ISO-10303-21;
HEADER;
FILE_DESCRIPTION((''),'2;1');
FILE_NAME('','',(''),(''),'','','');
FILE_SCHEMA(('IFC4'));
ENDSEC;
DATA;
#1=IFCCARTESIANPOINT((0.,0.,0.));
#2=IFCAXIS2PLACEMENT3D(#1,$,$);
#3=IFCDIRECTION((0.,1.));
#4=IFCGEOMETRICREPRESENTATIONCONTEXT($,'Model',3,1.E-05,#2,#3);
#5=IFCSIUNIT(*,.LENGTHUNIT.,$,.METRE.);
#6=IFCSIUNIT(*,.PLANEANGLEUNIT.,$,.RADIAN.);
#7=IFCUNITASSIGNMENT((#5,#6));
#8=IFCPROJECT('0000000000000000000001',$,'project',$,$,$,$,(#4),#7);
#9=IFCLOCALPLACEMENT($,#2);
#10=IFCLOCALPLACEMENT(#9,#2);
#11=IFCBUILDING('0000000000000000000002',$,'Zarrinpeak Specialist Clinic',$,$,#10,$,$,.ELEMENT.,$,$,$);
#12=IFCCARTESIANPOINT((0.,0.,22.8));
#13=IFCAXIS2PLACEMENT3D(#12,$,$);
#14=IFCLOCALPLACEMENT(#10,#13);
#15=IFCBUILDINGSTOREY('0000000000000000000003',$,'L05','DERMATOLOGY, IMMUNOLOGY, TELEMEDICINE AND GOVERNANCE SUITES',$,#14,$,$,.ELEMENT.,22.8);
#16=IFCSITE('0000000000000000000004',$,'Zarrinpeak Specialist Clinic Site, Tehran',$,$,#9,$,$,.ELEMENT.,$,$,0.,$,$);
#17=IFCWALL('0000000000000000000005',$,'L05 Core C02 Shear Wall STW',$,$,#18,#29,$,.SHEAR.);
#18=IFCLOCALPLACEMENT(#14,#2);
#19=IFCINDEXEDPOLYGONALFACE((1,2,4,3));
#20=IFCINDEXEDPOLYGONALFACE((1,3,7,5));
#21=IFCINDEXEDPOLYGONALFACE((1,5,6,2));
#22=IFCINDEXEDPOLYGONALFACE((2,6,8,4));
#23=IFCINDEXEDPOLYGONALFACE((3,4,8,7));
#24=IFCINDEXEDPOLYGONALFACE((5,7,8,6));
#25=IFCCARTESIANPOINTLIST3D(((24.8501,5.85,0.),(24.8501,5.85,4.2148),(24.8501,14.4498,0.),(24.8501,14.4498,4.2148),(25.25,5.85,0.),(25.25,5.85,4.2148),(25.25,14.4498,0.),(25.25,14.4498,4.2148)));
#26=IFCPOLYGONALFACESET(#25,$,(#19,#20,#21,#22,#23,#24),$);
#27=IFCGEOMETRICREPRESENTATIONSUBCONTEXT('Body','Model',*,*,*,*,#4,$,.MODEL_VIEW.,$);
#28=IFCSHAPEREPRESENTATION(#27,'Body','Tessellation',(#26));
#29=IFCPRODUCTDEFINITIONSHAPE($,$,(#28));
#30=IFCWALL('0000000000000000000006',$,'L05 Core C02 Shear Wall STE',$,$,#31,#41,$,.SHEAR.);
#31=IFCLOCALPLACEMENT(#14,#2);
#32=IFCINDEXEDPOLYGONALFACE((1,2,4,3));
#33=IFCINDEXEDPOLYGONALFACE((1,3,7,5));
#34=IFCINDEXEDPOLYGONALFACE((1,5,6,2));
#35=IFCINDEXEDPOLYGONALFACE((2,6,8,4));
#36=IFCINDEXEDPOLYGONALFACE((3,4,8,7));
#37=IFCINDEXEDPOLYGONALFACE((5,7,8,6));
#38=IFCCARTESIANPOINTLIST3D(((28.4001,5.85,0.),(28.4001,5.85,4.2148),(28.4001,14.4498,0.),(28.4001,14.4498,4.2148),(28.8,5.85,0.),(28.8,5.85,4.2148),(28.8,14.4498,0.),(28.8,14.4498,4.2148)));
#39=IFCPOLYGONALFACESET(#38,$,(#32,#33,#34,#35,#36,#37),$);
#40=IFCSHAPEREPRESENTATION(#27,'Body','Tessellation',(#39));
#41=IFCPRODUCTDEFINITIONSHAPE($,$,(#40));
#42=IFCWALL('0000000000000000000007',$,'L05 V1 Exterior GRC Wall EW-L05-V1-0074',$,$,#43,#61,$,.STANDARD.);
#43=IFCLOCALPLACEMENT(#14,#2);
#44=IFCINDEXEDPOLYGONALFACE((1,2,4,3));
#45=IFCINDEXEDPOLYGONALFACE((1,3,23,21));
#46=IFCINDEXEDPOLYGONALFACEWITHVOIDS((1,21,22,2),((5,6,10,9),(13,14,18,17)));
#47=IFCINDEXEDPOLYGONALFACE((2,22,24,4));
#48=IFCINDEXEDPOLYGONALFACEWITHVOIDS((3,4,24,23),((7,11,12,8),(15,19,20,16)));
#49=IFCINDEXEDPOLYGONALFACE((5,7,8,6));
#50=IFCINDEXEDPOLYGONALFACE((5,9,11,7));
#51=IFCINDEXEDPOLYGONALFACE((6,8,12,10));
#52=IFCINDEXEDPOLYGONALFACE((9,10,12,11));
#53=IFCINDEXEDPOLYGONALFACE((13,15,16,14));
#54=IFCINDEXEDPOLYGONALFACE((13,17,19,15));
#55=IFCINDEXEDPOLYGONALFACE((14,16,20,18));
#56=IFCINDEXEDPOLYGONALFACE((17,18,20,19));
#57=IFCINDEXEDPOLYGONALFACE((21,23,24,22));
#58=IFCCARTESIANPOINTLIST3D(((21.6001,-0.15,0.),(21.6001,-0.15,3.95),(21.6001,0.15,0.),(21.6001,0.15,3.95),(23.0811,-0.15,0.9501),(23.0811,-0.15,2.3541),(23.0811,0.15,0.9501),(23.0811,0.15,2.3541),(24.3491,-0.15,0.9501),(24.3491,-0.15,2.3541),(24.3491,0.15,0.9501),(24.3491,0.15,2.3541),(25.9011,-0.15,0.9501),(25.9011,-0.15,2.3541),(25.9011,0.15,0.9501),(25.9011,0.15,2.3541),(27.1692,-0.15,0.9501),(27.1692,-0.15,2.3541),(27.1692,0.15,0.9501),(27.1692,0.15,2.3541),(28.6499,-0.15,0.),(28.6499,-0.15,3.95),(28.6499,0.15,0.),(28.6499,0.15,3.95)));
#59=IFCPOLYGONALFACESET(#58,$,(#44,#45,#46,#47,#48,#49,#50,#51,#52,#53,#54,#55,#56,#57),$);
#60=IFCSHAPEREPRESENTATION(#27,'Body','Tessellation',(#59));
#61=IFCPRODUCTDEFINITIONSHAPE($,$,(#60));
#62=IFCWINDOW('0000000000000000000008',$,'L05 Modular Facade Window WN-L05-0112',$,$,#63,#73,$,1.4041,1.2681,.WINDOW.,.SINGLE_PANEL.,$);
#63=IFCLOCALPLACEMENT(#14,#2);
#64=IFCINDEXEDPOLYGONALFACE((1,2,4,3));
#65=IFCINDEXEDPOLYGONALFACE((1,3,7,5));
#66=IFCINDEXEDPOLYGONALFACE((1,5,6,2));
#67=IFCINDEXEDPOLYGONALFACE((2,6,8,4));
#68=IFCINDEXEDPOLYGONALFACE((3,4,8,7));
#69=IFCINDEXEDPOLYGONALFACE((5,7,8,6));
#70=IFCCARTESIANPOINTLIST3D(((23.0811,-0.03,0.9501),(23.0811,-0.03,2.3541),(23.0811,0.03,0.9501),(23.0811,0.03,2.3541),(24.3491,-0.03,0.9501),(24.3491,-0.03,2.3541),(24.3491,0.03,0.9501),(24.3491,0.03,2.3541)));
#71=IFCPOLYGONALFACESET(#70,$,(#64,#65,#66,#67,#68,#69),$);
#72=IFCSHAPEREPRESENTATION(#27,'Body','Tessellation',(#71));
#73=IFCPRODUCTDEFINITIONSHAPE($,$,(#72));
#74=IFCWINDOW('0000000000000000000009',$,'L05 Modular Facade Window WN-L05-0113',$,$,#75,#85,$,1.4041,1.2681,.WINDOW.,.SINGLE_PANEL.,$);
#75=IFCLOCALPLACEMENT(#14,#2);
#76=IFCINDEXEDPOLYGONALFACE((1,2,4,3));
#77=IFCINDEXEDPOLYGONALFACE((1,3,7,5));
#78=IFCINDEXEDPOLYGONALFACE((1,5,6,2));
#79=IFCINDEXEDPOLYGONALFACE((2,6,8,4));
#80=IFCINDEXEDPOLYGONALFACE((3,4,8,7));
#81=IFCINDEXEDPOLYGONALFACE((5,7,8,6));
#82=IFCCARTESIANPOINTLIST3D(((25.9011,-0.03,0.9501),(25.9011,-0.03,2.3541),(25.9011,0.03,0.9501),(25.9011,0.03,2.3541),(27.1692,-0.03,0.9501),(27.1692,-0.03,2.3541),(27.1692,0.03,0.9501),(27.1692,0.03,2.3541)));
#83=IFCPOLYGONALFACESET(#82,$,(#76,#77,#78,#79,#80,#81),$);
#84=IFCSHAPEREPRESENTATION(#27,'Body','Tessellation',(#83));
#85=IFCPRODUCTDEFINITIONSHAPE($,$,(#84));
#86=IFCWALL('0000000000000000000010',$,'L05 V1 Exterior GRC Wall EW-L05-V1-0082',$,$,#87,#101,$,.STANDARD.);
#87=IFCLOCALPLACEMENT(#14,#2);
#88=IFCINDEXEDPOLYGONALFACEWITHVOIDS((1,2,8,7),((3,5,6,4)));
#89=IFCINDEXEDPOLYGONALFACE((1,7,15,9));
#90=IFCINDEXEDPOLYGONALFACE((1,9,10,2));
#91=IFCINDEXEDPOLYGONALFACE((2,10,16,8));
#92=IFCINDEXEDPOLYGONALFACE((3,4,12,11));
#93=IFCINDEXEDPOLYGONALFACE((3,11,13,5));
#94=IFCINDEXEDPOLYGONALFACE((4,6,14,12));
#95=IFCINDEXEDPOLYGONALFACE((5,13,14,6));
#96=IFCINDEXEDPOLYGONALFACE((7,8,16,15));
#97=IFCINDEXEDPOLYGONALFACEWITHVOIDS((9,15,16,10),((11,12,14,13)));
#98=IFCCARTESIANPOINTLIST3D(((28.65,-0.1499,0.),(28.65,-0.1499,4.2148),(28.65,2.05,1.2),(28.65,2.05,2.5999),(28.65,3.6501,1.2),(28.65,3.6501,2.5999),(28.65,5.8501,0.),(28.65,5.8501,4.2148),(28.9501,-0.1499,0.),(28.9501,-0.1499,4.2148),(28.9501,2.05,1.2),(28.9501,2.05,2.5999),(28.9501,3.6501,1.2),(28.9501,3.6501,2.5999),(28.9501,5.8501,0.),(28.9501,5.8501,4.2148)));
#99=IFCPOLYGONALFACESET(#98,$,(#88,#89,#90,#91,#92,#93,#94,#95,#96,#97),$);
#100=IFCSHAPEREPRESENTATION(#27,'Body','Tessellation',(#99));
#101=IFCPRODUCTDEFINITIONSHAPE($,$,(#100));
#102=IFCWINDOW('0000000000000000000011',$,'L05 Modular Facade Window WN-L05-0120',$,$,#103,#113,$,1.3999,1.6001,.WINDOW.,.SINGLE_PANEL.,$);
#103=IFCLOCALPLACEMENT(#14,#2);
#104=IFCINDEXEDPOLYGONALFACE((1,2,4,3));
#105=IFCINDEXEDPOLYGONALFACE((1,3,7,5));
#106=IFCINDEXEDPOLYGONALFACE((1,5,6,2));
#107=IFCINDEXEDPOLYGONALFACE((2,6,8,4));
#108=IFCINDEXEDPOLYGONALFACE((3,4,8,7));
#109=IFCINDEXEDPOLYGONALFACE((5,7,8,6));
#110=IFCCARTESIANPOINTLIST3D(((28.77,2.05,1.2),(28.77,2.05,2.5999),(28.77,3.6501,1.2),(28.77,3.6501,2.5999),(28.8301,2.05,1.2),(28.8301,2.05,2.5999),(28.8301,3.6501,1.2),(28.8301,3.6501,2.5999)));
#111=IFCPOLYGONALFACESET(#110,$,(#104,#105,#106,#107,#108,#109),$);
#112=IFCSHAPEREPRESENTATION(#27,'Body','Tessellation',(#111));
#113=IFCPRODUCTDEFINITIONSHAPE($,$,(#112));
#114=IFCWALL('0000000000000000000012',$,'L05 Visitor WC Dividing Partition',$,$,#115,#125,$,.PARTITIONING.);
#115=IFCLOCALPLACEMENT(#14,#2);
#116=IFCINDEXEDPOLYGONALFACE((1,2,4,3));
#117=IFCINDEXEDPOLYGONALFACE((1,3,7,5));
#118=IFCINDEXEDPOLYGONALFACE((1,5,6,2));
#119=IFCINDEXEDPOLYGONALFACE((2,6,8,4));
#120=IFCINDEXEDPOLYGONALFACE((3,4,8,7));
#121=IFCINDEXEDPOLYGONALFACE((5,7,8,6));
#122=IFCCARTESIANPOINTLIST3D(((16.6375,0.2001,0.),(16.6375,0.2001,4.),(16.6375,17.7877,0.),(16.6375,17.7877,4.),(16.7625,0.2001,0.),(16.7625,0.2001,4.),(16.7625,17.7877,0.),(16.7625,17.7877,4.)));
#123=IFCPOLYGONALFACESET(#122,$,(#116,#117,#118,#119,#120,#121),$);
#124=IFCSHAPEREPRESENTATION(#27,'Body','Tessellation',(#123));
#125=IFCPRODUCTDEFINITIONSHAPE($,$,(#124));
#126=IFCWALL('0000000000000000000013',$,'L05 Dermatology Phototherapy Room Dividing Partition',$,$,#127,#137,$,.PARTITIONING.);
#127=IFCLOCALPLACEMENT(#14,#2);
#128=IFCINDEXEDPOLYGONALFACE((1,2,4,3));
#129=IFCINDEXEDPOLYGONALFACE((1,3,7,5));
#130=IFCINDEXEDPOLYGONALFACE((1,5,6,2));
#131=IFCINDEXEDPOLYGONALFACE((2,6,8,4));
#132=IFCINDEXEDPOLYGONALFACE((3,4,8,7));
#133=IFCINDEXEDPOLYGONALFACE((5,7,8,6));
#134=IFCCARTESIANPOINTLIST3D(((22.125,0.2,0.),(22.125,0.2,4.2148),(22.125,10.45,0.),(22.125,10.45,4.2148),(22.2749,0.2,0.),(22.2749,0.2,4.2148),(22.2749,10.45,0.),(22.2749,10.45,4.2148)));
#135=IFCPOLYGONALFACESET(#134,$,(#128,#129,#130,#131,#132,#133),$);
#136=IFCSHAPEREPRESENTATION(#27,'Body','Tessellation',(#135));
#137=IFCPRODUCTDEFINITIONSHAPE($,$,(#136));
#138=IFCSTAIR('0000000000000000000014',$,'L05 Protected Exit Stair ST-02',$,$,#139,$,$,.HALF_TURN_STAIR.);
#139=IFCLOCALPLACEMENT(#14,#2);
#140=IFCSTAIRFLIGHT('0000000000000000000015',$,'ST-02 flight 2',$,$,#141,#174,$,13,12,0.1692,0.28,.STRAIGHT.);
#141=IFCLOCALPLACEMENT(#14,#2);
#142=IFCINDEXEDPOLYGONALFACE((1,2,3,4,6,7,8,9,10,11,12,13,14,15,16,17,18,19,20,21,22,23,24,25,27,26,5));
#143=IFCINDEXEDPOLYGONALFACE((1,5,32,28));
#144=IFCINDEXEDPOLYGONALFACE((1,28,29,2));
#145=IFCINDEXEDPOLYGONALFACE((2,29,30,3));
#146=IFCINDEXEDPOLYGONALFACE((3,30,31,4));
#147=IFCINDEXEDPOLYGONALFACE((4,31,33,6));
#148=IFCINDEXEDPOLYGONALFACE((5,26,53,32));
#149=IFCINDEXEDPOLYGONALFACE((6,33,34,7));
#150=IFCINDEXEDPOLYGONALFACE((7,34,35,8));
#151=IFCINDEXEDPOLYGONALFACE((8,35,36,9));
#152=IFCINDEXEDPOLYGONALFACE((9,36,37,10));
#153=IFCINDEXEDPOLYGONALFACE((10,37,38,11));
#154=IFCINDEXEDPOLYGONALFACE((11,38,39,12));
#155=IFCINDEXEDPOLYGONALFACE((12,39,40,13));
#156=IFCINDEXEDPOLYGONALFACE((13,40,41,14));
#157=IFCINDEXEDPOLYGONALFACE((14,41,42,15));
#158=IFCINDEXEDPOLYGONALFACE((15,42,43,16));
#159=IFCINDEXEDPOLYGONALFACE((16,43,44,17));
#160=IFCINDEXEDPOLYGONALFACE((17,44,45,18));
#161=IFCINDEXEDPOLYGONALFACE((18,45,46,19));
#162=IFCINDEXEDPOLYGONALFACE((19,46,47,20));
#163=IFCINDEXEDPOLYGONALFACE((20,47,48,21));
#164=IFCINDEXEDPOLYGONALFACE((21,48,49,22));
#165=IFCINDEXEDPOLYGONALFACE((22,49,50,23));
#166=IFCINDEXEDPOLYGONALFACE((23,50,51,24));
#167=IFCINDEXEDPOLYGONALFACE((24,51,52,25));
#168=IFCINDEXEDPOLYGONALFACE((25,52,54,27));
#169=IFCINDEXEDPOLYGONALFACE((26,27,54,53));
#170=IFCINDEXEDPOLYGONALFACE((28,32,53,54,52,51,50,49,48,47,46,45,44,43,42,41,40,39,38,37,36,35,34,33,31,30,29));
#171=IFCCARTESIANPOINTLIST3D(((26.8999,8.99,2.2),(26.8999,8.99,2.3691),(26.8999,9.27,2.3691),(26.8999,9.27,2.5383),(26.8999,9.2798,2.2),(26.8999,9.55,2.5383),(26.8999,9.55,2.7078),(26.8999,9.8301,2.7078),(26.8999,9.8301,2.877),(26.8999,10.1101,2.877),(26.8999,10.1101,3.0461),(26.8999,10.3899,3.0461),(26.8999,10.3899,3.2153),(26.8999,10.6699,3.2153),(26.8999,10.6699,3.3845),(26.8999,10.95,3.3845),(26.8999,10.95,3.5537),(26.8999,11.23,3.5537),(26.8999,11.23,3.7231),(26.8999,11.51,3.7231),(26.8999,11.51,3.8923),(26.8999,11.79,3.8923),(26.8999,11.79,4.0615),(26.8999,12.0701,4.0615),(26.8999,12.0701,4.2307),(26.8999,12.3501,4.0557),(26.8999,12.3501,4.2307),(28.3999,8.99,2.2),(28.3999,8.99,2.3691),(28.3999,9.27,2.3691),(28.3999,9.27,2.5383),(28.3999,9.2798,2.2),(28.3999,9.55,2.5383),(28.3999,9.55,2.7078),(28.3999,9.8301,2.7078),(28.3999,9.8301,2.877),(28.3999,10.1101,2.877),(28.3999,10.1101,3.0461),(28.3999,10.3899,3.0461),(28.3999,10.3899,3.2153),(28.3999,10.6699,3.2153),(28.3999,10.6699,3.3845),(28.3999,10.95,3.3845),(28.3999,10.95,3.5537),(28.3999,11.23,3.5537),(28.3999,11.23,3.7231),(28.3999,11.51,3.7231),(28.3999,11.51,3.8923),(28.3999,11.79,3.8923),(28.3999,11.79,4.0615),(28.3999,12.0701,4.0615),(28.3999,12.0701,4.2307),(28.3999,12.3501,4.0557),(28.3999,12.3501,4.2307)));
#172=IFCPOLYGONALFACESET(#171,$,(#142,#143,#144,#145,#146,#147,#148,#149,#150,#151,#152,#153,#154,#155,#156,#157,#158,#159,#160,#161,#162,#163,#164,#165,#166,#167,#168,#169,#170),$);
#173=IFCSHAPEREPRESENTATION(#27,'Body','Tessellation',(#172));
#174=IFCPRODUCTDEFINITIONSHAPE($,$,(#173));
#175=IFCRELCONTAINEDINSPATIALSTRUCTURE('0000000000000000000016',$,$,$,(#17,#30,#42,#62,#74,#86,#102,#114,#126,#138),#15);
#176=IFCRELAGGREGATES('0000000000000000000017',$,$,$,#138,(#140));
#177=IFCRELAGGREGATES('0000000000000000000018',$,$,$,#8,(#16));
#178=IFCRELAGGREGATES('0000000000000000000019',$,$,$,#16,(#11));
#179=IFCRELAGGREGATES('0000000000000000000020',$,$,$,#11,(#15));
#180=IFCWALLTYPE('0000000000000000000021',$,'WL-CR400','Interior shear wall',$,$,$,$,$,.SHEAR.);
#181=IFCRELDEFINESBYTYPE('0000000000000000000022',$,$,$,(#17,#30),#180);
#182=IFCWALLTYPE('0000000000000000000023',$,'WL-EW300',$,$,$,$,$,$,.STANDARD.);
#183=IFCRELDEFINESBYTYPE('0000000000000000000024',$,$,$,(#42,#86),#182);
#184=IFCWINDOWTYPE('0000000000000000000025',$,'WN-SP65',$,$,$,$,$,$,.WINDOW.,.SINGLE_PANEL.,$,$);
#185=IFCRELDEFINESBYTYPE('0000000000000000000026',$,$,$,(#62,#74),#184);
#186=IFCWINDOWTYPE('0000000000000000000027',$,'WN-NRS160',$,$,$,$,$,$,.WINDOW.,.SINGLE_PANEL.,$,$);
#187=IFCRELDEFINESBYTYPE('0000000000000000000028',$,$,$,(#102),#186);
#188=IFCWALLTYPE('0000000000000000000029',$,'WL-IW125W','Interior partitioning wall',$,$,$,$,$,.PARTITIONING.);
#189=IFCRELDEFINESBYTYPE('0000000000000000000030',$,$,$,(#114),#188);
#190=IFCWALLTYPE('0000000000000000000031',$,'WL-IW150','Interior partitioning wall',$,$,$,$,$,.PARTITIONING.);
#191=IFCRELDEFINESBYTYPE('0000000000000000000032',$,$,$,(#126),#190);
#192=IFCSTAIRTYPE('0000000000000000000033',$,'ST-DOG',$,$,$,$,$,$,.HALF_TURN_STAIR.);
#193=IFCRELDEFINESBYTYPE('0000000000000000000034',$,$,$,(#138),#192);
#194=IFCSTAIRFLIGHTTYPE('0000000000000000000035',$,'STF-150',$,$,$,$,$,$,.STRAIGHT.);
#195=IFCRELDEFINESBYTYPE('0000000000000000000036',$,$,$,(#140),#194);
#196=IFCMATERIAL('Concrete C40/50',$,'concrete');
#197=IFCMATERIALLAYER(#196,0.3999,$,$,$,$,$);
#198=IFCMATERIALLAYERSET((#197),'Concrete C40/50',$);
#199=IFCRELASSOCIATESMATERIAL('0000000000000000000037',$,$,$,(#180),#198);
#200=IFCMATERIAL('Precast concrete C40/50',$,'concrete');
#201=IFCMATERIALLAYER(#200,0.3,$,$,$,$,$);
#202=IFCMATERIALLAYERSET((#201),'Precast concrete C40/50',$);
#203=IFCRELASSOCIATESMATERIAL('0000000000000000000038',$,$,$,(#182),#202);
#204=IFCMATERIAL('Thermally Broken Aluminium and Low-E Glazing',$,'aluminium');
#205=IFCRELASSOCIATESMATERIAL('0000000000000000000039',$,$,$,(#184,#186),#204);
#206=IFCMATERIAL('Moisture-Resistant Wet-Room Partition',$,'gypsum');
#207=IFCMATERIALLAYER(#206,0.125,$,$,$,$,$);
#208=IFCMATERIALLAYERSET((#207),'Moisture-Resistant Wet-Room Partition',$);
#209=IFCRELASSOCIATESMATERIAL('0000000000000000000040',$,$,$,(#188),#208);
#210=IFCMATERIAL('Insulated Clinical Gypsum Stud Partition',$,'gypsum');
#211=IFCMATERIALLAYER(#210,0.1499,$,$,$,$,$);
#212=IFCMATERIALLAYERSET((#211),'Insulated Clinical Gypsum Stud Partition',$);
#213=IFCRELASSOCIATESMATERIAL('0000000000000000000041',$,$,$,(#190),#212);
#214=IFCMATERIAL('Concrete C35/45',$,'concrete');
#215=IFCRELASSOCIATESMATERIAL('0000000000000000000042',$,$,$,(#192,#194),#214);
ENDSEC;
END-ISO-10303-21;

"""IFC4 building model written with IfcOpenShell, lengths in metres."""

from ifc_helpers import new_model, si_unit, direction, frame, frame_2d, origin, place, context, subcontext, project, spatial, polyline, rectangle, outline, extrude, material, layer, layer_set, type_object, element, fill, aggregate, save


model = new_model("IFC4")

# Units and contexts
model_context = context("Model", 3, precision=1e-05, world=origin(), true_north=direction((0.0, 1.0)))
body_context = subcontext(model_context, "Body", "Model", "MODEL_VIEW")
ifc_project = project(units=[si_unit("LENGTHUNIT", "METRE"), si_unit("PLANEANGLEUNIT", "RADIAN")], contexts=[model_context])

# Site, building, storey
site_placement = place(None, origin())
site = spatial("IfcSite", under=ifc_project, at=site_placement, Name="Zarrinpeak Specialist Clinic Site, Tehran", CompositionType="ELEMENT", RefElevation=0.0)
building_placement = place(site_placement, origin())
building = spatial("IfcBuilding", under=site, at=building_placement, Name="Zarrinpeak Specialist Clinic", CompositionType="ELEMENT")
storey_placement = place(building_placement, frame((0.0, 0.0, 22.8)))
storey = spatial("IfcBuildingStorey", under=building, at=storey_placement, Name="L05", Description="DERMATOLOGY, IMMUNOLOGY, TELEMEDICINE AND GOVERNANCE SUITES", CompositionType="ELEMENT", Elevation=22.8)

# Walls
ifc_material_1 = material(Name="Concrete C40/50", Category="concrete")
ifc_layer_1 = layer(ifc_material_1, 0.3999)
ifc_layer_set_1 = layer_set([ifc_layer_1], Name="Concrete C40/50")
wall_type_1 = type_object("IfcWallType", Name="WL-CR400", Description="Interior shear wall", PredefinedType="SHEAR", material=ifc_layer_set_1)
for number, where, z_axis, x_axis, name in (
    (1, (25.05, 5.8501, 0.0), (0.0, 0.0, 1.0), (0.0, 1.0, 0.0), "L05 Core C02 Shear Wall STW"),
    (2, (28.6001, 5.8501, 0.0), (0.0, 0.0, 1.0), (0.0, 1.0, 0.0), "L05 Core C02 Shear Wall STE"),
):
    element("IfcWall", number, at=place(storey_placement, frame(where, z_axis=z_axis, x_axis=x_axis)), inside=storey, type_object=wall_type_1, Name=name, PredefinedType="SHEAR", context=body_context, shape_type="SweptSolid", body=[
        extrude(rectangle(XDim=8.5999, YDim=0.3999, at=frame_2d((4.2998, 0.0))), origin(), (0.0, 0.0, 1.0), 4.2148),
    ])

# Wall, openings, windows
ifc_material_2 = material(Name="Precast concrete C40/50", Category="concrete")
ifc_layer_2 = layer(ifc_material_2, 0.3)
ifc_layer_set_2 = layer_set([ifc_layer_2], Name="Precast concrete C40/50")
wall_type_2 = type_object("IfcWallType", Name="WL-EW300", PredefinedType="STANDARD", material=ifc_layer_set_2)
wall_1_placement = place(storey_placement, frame((21.6001, 0.0, 0.0), z_axis=(0.0, 0.0, 1.0), x_axis=(1.0, 0.0, 0.0)))
wall_1 = element("IfcWall", 3, at=wall_1_placement, inside=storey, type_object=wall_type_2, Name="L05 V1 Exterior GRC Wall EW-L05-V1-0074", PredefinedType="STANDARD", context=body_context, shape_type="SweptSolid", body=[
    extrude(rectangle(XDim=7.0498, YDim=0.3, at=frame_2d((3.5249, 0.0))), origin(), (0.0, 0.0, 1.0), 3.95),
])
opening_1_placement = place(wall_1_placement, frame((1.481, 0.0, 0.95)))
opening_1 = element("IfcOpeningElement", 4, at=opening_1_placement, cuts=wall_1, PredefinedType="OPENING", context=body_context, shape_type="SweptSolid", body=[
    extrude(rectangle(XDim=1.2681, YDim=1.4041, at=frame_2d((0.634, 0.7021))), frame((0.0, 0.1602, 0.0), z_axis=(0.0, -1.0, 0.0), x_axis=(1.0, 0.0, 0.0)), (0.0, 0.0, 1.0), 0.3201),
])
opening_2_placement = place(wall_1_placement, frame((4.301, 0.0, 0.95)))
opening_2 = element("IfcOpeningElement", 5, at=opening_2_placement, cuts=wall_1, PredefinedType="OPENING", context=body_context, shape_type="SweptSolid", body=[
    extrude(rectangle(XDim=1.2681, YDim=1.4041, at=frame_2d((0.634, 0.7021))), frame((0.0, 0.1602, 0.0), z_axis=(0.0, -1.0, 0.0), x_axis=(1.0, 0.0, 0.0)), (0.0, 0.0, 1.0), 0.3201),
])
ifc_material_3 = material(Name="Thermally Broken Aluminium and Low-E Glazing", Category="aluminium")
window_type_1 = type_object("IfcWindowType", Name="WN-SP65", PartitioningType="SINGLE_PANEL", PredefinedType="WINDOW", material=ifc_material_3)
window_1_placement = place(opening_1_placement, origin())
window_1 = element("IfcWindow", 6, at=window_1_placement, inside=storey, type_object=window_type_1, Name="L05 Modular Facade Window WN-L05-0112", OverallHeight=1.4041, OverallWidth=1.2681, PartitioningType="SINGLE_PANEL", PredefinedType="WINDOW", context=body_context, shape_type="SweptSolid", body=[
    extrude(rectangle(XDim=1.2681, YDim=1.4041, at=frame_2d((0.634, 0.7021))), frame((0.0, 0.03, 0.0), z_axis=(0.0, -1.0, 0.0), x_axis=(1.0, 0.0, 0.0)), (0.0, 0.0, 1.0), 0.0601),
])
fill(opening_1, window_1)
window_2_placement = place(opening_2_placement, origin())
window_2 = element("IfcWindow", 7, at=window_2_placement, inside=storey, type_object=window_type_1, Name="L05 Modular Facade Window WN-L05-0113", OverallHeight=1.4041, OverallWidth=1.2681, PartitioningType="SINGLE_PANEL", PredefinedType="WINDOW", context=body_context, shape_type="SweptSolid", body=[
    extrude(rectangle(XDim=1.2681, YDim=1.4041, at=frame_2d((0.634, 0.7021))), frame((0.0, 0.03, 0.0), z_axis=(0.0, -1.0, 0.0), x_axis=(1.0, 0.0, 0.0)), (0.0, 0.0, 1.0), 0.0601),
])
fill(opening_2, window_2)

# Wall, opening, window
wall_2_placement = place(storey_placement, frame((28.8, -0.1499, 0.0), z_axis=(0.0, 0.0, 1.0), x_axis=(0.0, 1.0, 0.0)))
wall_2 = element("IfcWall", 8, at=wall_2_placement, inside=storey, type_object=wall_type_2, Name="L05 V1 Exterior GRC Wall EW-L05-V1-0082", PredefinedType="STANDARD", context=body_context, shape_type="SweptSolid", body=[
    extrude(rectangle(XDim=6.0, YDim=0.3, at=frame_2d((3.0, 0.0))), origin(), (0.0, 0.0, 1.0), 4.2148),
])
opening_3_placement = place(wall_2_placement, frame((2.2, 0.0, 1.2)))
opening_3 = element("IfcOpeningElement", 9, at=opening_3_placement, cuts=wall_2, PredefinedType="OPENING", context=body_context, shape_type="SweptSolid", body=[
    extrude(rectangle(XDim=1.6001, YDim=1.3999, at=frame_2d((0.8, 0.7))), frame((0.0, 0.1602, 0.0), z_axis=(0.0, -1.0, 0.0), x_axis=(1.0, 0.0, 0.0)), (0.0, 0.0, 1.0), 0.3201),
])
window_type_2 = type_object("IfcWindowType", Name="WN-NRS160", PartitioningType="SINGLE_PANEL", PredefinedType="WINDOW", material=ifc_material_3)
window_3_placement = place(opening_3_placement, origin())
window_3 = element("IfcWindow", 10, at=window_3_placement, inside=storey, type_object=window_type_2, Name="L05 Modular Facade Window WN-L05-0120", OverallHeight=1.3999, OverallWidth=1.6001, PartitioningType="SINGLE_PANEL", PredefinedType="WINDOW", context=body_context, shape_type="SweptSolid", body=[
    extrude(rectangle(XDim=1.6001, YDim=1.3999, at=frame_2d((0.8, 0.7))), frame((0.0, 0.03, 0.0), z_axis=(0.0, -1.0, 0.0), x_axis=(1.0, 0.0, 0.0)), (0.0, 0.0, 1.0), 0.0601),
])
fill(opening_3, window_3)

# Walls
ifc_material_4 = material(Name="Moisture-Resistant Wet-Room Partition", Category="gypsum")
ifc_layer_3 = layer(ifc_material_4, 0.125)
ifc_layer_set_3 = layer_set([ifc_layer_3], Name="Moisture-Resistant Wet-Room Partition")
wall_type_3 = type_object("IfcWallType", Name="WL-IW125W", Description="Interior partitioning wall", PredefinedType="PARTITIONING", material=ifc_layer_set_3)
wall_3_placement = place(storey_placement, frame((16.7, 0.2, 0.0), z_axis=(0.0, 0.0, 1.0), x_axis=(0.0, 1.0, 0.0)))
element("IfcWall", 11, at=wall_3_placement, inside=storey, type_object=wall_type_3, Name="L05 Visitor WC Dividing Partition", PredefinedType="PARTITIONING", context=body_context, shape_type="SweptSolid", body=[
    extrude(rectangle(XDim=17.5876, YDim=0.125, at=frame_2d((8.7939, 0.0))), origin(), (0.0, 0.0, 1.0), 4.0),
])
ifc_material_5 = material(Name="Insulated Clinical Gypsum Stud Partition", Category="gypsum")
ifc_layer_4 = layer(ifc_material_5, 0.1499)
ifc_layer_set_4 = layer_set([ifc_layer_4], Name="Insulated Clinical Gypsum Stud Partition")
wall_type_4 = type_object("IfcWallType", Name="WL-IW150", Description="Interior partitioning wall", PredefinedType="PARTITIONING", material=ifc_layer_set_4)
wall_4_placement = place(storey_placement, frame((22.2, 0.2, 0.0), z_axis=(0.0, 0.0, 1.0), x_axis=(0.0, 1.0, 0.0)))
element("IfcWall", 12, at=wall_4_placement, inside=storey, type_object=wall_type_4, Name="L05 Dermatology Phototherapy Room Dividing Partition", PredefinedType="PARTITIONING", context=body_context, shape_type="SweptSolid", body=[
    extrude(rectangle(XDim=10.25, YDim=0.1499, at=frame_2d((5.125, 0.0))), origin(), (0.0, 0.0, 1.0), 4.2148),
])

# Stair, stair flight
ifc_material_6 = material(Name="Concrete C35/45", Category="concrete")
stair_type = type_object("IfcStairType", Name="ST-DOG", PredefinedType="HALF_TURN_STAIR", material=ifc_material_6)
stair_placement = place(storey_placement, origin())
stair = element("IfcStair", 13, at=stair_placement, inside=storey, type_object=stair_type, Name="L05 Protected Exit Stair ST-02", PredefinedType="HALF_TURN_STAIR")
stair_flight_type = type_object("IfcStairFlightType", Name="STF-150", PredefinedType="STRAIGHT", material=ifc_material_6)
stair_flight_placement = place(storey_placement, frame((27.6499, 8.99, 2.2), z_axis=(0.0, 0.0, 1.0), x_axis=(0.0, 1.0, 0.0)))
stair_flight = element("IfcStairFlight", 14, at=stair_flight_placement, type_object=stair_flight_type, Name="ST-02 flight 2", NumberOfRisers=13, NumberOfTreads=12, PredefinedType="STRAIGHT", RiserHeight=0.1692, TreadLength=0.28, context=body_context, shape_type="SweptSolid", body=[
    extrude(outline(polyline([(0.0, 0.0), (0.0, 0.1692), (0.28, 0.1692), (0.28, 0.3384), (0.5601, 0.3384), (0.5601, 0.5078), (0.8401, 0.5078), (0.8401, 0.677), (1.1201, 0.677), (1.1201, 0.8462), (1.3999, 0.8462), (1.3999, 1.0154), (1.6799, 1.0154), (1.6799, 1.1846), (1.96, 1.1846), (1.96, 1.3538), (2.24, 1.3538), (2.24, 1.5232), (2.52, 1.5232), (2.52, 1.6924), (2.8, 1.6924), (2.8, 1.8616), (3.0801, 1.8616), (3.0801, 2.0308), (3.3601, 2.0308), (3.3601, 2.2), (3.3601, 1.8557), (0.2898, 0.0), (0.0, 0.0)])), frame((0.0, 0.75, 0.0), z_axis=(0.0, -1.0, 0.0), x_axis=(1.0, 0.0, 0.0)), (0.0, 0.0, 1.0), 1.5),
])
aggregate(stair, [stair_flight])

save(model, "model.ifc")
